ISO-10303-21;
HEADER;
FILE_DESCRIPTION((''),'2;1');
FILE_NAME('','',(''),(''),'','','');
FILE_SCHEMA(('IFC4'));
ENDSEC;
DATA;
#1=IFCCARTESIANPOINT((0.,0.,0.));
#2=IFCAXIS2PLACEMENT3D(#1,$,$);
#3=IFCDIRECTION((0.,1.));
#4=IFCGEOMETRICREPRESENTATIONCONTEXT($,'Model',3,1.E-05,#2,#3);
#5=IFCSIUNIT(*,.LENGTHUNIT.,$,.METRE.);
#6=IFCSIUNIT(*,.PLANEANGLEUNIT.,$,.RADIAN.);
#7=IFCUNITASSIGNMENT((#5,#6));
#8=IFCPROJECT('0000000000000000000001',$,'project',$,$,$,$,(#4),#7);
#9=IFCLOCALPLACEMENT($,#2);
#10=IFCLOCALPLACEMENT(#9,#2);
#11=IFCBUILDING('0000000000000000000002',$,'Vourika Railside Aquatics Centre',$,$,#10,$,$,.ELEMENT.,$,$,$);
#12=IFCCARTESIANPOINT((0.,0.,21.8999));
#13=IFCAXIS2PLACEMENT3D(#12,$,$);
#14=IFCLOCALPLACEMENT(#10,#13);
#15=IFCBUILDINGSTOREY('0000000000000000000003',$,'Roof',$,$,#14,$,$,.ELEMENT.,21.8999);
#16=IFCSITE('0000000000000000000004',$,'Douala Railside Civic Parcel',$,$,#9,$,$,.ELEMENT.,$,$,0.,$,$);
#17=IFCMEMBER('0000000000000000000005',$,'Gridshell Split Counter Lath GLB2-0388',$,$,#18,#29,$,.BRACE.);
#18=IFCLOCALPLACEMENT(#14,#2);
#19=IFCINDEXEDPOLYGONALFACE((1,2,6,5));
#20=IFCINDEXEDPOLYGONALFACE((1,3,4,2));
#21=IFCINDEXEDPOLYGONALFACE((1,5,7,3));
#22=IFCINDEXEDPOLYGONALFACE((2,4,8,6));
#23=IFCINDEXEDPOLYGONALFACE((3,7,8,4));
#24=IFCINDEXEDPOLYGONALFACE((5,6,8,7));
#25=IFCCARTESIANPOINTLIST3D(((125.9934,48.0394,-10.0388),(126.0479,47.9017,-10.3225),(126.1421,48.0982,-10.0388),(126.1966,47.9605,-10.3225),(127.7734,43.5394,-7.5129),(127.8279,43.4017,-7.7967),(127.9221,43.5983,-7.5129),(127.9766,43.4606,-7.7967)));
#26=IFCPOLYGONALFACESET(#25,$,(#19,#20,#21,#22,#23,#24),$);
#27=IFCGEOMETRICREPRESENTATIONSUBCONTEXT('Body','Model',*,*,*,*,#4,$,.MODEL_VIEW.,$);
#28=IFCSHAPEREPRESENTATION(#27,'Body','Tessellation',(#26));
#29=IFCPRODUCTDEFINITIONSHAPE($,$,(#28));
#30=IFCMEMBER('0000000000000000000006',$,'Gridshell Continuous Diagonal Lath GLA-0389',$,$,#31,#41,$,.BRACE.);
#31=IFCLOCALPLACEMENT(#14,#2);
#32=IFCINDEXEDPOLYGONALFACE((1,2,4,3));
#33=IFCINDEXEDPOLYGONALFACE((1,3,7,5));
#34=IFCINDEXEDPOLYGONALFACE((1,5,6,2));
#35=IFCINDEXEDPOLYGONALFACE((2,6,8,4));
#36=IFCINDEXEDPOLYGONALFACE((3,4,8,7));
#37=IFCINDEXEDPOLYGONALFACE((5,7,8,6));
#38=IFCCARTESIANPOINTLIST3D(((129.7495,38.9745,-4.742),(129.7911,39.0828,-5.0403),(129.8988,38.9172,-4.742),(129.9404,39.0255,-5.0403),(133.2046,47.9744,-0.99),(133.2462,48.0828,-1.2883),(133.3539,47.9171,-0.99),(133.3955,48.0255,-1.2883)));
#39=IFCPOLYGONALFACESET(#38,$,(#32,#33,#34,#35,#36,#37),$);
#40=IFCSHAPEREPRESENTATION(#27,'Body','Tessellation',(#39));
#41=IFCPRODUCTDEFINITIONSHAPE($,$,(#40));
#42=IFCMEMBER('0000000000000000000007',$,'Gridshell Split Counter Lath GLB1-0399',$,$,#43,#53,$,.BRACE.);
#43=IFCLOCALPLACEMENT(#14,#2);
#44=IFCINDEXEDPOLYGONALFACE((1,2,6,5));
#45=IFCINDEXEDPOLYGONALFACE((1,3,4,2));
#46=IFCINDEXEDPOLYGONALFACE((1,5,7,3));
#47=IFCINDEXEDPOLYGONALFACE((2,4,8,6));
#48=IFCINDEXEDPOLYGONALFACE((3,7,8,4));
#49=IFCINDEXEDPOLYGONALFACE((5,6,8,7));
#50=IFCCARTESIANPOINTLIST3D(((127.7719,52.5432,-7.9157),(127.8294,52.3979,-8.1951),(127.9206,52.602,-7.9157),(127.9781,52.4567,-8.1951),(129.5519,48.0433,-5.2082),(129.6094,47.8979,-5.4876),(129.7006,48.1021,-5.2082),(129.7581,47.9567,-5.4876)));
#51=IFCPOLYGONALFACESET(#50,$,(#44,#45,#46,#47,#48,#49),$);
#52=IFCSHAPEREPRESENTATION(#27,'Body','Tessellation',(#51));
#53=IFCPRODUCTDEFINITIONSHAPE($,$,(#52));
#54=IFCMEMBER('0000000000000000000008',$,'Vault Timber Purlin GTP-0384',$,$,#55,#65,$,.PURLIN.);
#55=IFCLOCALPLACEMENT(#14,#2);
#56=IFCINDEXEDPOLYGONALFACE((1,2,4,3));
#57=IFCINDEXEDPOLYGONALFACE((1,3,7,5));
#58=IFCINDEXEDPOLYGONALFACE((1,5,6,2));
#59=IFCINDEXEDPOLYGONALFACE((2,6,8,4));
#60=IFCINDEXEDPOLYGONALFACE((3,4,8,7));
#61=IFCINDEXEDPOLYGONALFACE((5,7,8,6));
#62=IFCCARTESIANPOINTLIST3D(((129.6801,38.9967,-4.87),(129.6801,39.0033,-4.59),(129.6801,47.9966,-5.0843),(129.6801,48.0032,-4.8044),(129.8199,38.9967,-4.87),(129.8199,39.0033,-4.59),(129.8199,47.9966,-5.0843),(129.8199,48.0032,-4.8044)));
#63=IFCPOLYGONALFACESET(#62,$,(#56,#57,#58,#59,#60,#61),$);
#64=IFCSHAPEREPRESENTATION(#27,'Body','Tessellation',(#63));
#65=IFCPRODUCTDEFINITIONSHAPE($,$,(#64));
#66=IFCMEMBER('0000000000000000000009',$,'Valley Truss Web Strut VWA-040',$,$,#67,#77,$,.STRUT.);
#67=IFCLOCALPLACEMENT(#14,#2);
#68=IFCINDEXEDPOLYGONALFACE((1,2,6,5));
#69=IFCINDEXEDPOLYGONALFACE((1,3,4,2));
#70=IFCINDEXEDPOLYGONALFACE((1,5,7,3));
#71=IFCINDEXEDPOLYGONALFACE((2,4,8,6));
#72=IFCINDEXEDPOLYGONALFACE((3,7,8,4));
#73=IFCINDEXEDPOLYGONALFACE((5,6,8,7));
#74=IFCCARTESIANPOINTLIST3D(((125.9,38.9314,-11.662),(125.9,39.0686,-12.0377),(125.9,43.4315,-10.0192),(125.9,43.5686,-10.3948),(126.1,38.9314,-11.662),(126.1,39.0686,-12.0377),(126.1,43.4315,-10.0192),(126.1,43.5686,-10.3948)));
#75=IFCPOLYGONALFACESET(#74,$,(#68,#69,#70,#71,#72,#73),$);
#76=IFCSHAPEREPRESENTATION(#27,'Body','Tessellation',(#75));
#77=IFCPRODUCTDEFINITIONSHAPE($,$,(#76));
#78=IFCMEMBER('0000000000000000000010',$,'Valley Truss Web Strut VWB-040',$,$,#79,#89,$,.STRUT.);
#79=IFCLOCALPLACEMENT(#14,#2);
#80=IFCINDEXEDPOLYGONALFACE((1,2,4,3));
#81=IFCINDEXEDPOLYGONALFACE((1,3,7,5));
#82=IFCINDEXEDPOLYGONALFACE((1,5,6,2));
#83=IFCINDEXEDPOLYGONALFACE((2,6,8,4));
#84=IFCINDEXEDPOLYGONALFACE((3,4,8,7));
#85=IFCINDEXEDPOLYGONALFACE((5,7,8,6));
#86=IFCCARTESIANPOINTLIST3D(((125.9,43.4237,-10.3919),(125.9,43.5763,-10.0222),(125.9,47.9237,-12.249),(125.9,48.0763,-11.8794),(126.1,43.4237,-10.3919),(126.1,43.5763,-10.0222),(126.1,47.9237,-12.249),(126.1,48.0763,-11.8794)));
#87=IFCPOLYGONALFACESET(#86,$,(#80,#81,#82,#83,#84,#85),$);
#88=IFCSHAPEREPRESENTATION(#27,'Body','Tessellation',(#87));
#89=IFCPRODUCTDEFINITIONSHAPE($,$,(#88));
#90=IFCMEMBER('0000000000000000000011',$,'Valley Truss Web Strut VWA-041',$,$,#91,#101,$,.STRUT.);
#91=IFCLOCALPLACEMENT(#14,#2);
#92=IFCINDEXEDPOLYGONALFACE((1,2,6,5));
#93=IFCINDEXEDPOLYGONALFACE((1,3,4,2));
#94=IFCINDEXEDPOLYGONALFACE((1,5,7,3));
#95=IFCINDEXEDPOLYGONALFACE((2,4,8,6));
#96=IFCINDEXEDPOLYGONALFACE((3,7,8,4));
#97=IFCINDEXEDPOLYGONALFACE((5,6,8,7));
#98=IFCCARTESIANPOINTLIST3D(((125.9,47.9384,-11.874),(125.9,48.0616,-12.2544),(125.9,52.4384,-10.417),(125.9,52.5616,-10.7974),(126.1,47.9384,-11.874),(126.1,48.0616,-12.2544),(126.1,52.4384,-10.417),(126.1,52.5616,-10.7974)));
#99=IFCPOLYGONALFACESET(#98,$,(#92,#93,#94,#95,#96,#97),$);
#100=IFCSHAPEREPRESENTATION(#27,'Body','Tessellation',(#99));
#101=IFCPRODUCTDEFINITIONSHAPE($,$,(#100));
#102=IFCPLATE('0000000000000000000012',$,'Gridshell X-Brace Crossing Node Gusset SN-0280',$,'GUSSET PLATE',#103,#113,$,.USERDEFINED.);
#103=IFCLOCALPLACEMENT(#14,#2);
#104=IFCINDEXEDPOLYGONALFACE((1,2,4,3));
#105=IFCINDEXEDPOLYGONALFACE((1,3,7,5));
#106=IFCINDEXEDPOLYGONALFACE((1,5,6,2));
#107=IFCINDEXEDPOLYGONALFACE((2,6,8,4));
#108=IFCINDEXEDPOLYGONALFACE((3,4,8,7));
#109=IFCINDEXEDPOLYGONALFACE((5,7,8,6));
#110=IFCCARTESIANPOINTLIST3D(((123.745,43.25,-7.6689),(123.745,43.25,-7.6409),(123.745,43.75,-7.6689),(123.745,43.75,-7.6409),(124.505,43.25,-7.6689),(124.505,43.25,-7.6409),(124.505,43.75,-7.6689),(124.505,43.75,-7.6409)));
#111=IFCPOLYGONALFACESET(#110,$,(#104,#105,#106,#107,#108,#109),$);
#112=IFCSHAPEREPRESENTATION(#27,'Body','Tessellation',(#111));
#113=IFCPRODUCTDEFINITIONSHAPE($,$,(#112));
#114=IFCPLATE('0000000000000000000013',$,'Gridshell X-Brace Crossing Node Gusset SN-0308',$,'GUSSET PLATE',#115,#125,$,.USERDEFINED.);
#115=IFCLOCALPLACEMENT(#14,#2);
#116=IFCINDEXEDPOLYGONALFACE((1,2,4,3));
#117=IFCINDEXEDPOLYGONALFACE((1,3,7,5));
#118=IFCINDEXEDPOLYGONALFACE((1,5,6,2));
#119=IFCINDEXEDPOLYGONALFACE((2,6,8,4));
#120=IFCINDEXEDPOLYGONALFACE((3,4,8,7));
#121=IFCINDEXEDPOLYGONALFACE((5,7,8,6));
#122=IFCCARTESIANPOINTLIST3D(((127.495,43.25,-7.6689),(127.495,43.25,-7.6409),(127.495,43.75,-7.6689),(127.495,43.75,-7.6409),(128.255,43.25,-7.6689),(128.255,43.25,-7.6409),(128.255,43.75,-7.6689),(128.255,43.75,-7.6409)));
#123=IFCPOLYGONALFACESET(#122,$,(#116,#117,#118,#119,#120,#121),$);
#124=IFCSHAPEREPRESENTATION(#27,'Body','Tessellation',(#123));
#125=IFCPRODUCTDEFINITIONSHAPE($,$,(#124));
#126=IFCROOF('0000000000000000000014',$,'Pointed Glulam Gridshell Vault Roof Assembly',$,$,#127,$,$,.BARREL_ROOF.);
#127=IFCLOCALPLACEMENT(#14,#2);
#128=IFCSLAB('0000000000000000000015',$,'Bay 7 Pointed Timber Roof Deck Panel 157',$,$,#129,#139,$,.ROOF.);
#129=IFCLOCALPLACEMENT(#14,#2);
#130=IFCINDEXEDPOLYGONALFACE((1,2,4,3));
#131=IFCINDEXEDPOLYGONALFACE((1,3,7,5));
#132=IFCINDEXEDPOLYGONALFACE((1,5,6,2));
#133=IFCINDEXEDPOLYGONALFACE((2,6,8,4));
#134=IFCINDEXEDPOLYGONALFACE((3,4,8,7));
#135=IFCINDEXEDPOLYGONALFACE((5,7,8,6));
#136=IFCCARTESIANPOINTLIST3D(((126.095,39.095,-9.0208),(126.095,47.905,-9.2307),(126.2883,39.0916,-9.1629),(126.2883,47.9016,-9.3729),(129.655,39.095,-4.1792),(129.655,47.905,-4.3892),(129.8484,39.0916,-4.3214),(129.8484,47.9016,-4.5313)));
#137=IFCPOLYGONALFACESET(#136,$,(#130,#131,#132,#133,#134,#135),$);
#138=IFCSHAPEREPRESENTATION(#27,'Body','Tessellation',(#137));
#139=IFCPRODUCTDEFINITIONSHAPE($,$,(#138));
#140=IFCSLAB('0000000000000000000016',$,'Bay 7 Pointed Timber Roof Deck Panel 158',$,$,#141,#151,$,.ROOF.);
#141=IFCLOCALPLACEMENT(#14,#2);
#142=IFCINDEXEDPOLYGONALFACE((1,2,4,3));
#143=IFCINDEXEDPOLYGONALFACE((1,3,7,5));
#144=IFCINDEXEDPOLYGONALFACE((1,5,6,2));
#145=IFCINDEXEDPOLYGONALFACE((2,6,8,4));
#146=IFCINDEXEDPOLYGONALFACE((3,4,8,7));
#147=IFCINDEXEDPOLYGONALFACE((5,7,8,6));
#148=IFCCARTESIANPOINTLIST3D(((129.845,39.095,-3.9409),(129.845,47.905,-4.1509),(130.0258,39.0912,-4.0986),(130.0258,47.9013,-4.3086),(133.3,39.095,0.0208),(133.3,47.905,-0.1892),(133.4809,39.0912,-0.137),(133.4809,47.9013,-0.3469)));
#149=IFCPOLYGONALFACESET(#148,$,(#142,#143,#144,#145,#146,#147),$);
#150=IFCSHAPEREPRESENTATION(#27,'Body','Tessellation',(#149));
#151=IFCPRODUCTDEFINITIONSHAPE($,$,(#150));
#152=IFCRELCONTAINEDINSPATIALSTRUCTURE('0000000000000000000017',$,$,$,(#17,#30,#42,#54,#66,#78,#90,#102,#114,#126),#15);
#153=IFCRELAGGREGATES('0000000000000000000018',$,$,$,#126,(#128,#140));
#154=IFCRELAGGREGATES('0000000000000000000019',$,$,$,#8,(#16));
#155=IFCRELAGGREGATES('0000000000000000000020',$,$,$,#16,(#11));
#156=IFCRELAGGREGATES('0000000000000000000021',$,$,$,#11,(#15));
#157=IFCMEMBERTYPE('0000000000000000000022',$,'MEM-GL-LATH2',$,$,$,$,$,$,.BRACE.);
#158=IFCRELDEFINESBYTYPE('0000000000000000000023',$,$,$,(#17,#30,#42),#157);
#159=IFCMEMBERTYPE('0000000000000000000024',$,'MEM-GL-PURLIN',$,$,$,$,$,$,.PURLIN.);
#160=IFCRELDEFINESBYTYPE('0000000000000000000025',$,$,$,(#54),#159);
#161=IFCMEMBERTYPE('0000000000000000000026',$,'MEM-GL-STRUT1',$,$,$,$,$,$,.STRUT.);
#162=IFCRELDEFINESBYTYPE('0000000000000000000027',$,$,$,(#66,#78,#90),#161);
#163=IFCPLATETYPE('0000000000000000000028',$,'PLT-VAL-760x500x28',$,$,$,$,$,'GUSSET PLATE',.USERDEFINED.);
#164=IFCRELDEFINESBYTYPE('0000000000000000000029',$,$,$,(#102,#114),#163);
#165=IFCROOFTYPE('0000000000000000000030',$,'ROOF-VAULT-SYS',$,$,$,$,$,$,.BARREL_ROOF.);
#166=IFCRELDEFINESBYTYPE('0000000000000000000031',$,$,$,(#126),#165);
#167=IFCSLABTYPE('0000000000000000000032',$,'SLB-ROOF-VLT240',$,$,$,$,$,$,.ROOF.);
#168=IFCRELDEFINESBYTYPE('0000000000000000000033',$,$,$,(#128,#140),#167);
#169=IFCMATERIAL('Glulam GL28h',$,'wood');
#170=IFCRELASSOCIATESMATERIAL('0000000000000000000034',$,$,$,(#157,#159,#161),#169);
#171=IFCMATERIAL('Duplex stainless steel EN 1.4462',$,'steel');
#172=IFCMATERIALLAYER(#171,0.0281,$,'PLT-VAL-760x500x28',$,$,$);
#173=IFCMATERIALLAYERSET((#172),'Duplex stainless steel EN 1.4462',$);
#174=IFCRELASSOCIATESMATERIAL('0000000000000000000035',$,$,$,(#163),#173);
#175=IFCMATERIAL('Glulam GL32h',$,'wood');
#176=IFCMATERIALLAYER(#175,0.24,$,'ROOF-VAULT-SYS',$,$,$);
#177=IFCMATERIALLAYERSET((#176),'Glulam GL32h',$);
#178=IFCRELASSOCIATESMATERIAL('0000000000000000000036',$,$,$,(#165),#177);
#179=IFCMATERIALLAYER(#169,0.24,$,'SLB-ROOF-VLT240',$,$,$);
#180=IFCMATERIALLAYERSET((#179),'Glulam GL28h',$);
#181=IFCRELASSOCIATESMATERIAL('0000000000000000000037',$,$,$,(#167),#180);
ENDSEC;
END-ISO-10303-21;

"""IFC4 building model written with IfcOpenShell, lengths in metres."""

from ifc_helpers import new_model, si_unit, direction, frame, origin, origin_2d, place, context, subcontext, project, spatial, polyline, rectangle, outline, extrude, material, layer, layer_set, material_profile, profile_set, type_object, element, aggregate, save


model = new_model("IFC4")

# Units and contexts
model_context = context("Model", 3, precision=1e-05, world=origin(), true_north=direction((0.0, 1.0)))
body_context = subcontext(model_context, "Body", "Model", "MODEL_VIEW")
ifc_project = project(units=[si_unit("LENGTHUNIT", "METRE"), si_unit("PLANEANGLEUNIT", "RADIAN")], contexts=[model_context])

# Site, building, storey
site_placement = place(None, origin())
site = spatial("IfcSite", under=ifc_project, at=site_placement, Name="Douala Railside Civic Parcel", CompositionType="ELEMENT", RefElevation=0.0)
building_placement = place(site_placement, origin())
building = spatial("IfcBuilding", under=site, at=building_placement, Name="Vourika Railside Aquatics Centre", CompositionType="ELEMENT")
storey_placement = place(building_placement, frame((0.0, 0.0, 21.8999)))
storey = spatial("IfcBuildingStorey", under=building, at=storey_placement, Name="Roof", CompositionType="ELEMENT", Elevation=21.8999)

# Shared definitions
ifc_material_1 = material(Name="Glulam GL32h", Category="wood")

# Members
ifc_material_2 = material(Name="Glulam GL28h", Category="wood")
ifc_material_profile_1 = material_profile(ifc_material_2, rectangle(XDim=0.1599, YDim=0.3201, at=origin_2d()), Name="GL28h 160x320")
ifc_profile_set_1 = profile_set([ifc_material_profile_1], Name="Glulam GL28h")
member_type_1 = type_object("IfcMemberType", Name="MEM-GL-LATH2", PredefinedType="BRACE", material=ifc_profile_set_1)
for number, where, z_axis, x_axis, name in (
    (1, (127.875, 43.5, -7.6548), (-0.326084, 0.824356, -0.462716), (-0.929893, -0.36783, 0.0), "Gridshell Split Counter Lath GLB2-0388"),
):
    element("IfcMember", number, at=place(storey_placement, frame(where, z_axis=z_axis, x_axis=x_axis)), inside=storey, type_object=member_type_1, Name=name, PredefinedType="BRACE", context=body_context, shape_type="SweptSolid", body=[
        extrude(rectangle(XDim=0.1599, YDim=0.3201, at=origin_2d()), origin(), (0.0, 0.0, 1.0), 5.4587),
    ])
member_1_placement = place(storey_placement, frame((129.845, 39.0, -4.8911), z_axis=(0.333992, 0.870003, 0.36269), x_axis=(-0.93357, 0.358395, 0.0)))
element("IfcMember", 2, at=member_1_placement, inside=storey, type_object=member_type_1, Name="Gridshell Continuous Diagonal Lath GLA-0389", PredefinedType="BRACE", context=body_context, shape_type="SweptSolid", body=[
    extrude(rectangle(XDim=0.1599, YDim=0.3201, at=origin_2d()), origin(), (0.0, 0.0, 1.0), 10.3447),
])
member_2_placement = place(storey_placement, frame((129.655, 48.0, -5.3479), z_axis=(-0.321004, 0.811514, -0.488264), x_axis=(-0.929893, -0.36783, 0.0)))
element("IfcMember", 3, at=member_2_placement, inside=storey, type_object=member_type_1, Name="Gridshell Split Counter Lath GLB1-0399", PredefinedType="BRACE", context=body_context, shape_type="SweptSolid", body=[
    extrude(rectangle(XDim=0.1599, YDim=0.3201, at=origin_2d()), origin(), (0.0, 0.0, 1.0), 5.5452),
])
ifc_material_profile_2 = material_profile(ifc_material_2, rectangle(XDim=0.1399, YDim=0.28, at=origin_2d()), Name="GL28h 140x280")
ifc_profile_set_2 = profile_set([ifc_material_profile_2], Name="Glulam GL28h")
member_type_2 = type_object("IfcMemberType", Name="MEM-GL-PURLIN", PredefinedType="PURLIN", material=ifc_profile_set_2)
member_3_placement = place(storey_placement, frame((129.75, 39.0, -4.73), z_axis=(0.0, 0.999716, -0.023811), x_axis=(-1.0, 0.0, 0.0)))
element("IfcMember", 4, at=member_3_placement, inside=storey, type_object=member_type_2, Name="Vault Timber Purlin GTP-0384", PredefinedType="PURLIN", context=body_context, shape_type="SweptSolid", body=[
    extrude(rectangle(XDim=0.1399, YDim=0.28, at=origin_2d()), origin(), (0.0, 0.0, 1.0), 9.0024),
])
ifc_material_profile_3 = material_profile(ifc_material_2, rectangle(XDim=0.2, YDim=0.3999, at=origin_2d()), Name="GL28h 200x400")
ifc_profile_set_3 = profile_set([ifc_material_profile_3], Name="Glulam GL28h")
member_type_3 = type_object("IfcMemberType", Name="MEM-GL-STRUT1", PredefinedType="STRUT", material=ifc_profile_set_3)
member_4_placement = place(storey_placement, frame((126.0, 39.0, -11.8499), z_axis=(0.0, 0.93936, 0.342934), x_axis=(-1.0, 0.0, 0.0)))
element("IfcMember", 5, at=member_4_placement, inside=storey, type_object=member_type_3, Name="Valley Truss Web Strut VWA-040", PredefinedType="STRUT", context=body_context, shape_type="SweptSolid", body=[
    extrude(rectangle(XDim=0.2, YDim=0.3999, at=origin_2d()), origin(), (0.0, 0.0, 1.0), 4.7905),
])
member_5_placement = place(storey_placement, frame((126.0, 43.5, -10.207), z_axis=(0.0, 0.924371, -0.381494), x_axis=(-1.0, 0.0, 0.0)))
element("IfcMember", 6, at=member_5_placement, inside=storey, type_object=member_type_3, Name="Valley Truss Web Strut VWB-040", PredefinedType="STRUT", context=body_context, shape_type="SweptSolid", body=[
    extrude(rectangle(XDim=0.2, YDim=0.3999, at=origin_2d()), origin(), (0.0, 0.0, 1.0), 4.8682),
])
member_6_placement = place(storey_placement, frame((126.0, 48.0, -12.0642), z_axis=(0.0, 0.951373, 0.30804), x_axis=(-1.0, 0.0, 0.0)))
element("IfcMember", 7, at=member_6_placement, inside=storey, type_object=member_type_3, Name="Valley Truss Web Strut VWA-041", PredefinedType="STRUT", context=body_context, shape_type="SweptSolid", body=[
    extrude(rectangle(XDim=0.2, YDim=0.3999, at=origin_2d()), origin(), (0.0, 0.0, 1.0), 4.73),
])

# Plates
ifc_material_3 = material(Name="Duplex stainless steel EN 1.4462", Category="steel")
ifc_layer_1 = layer(ifc_material_3, 0.0281, Name="PLT-VAL-760x500x28")
ifc_layer_set_1 = layer_set([ifc_layer_1], Name="Duplex stainless steel EN 1.4462")
plate_type = type_object("IfcPlateType", Name="PLT-VAL-760x500x28", ElementType="GUSSET PLATE", PredefinedType="USERDEFINED", material=ifc_layer_set_1)
for number, where, z_axis, x_axis, name in (
    (8, (124.125, 43.5, -7.6689), (0.0, 0.0, 1.0), (1.0, 0.0, 0.0), "Gridshell X-Brace Crossing Node Gusset SN-0280"),
    (9, (127.875, 43.5, -7.6689), (0.0, 0.0, 1.0), (1.0, 0.0, 0.0), "Gridshell X-Brace Crossing Node Gusset SN-0308"),
):
    element("IfcPlate", number, at=place(storey_placement, frame(where, z_axis=z_axis, x_axis=x_axis)), inside=storey, type_object=plate_type, Name=name, ObjectType="GUSSET PLATE", PredefinedType="USERDEFINED", context=body_context, shape_type="SweptSolid", body=[
        extrude(rectangle(XDim=0.76, YDim=0.5, at=origin_2d()), origin(), (0.0, 0.0, 1.0), 0.0281),
    ])

# Roof, slabs
ifc_layer_2 = layer(ifc_material_1, 0.24, Name="ROOF-VAULT-SYS")
ifc_layer_set_2 = layer_set([ifc_layer_2], Name="Glulam GL32h")
roof_type = type_object("IfcRoofType", Name="ROOF-VAULT-SYS", PredefinedType="BARREL_ROOF", material=ifc_layer_set_2)
roof_placement = place(storey_placement, origin())
roof = element("IfcRoof", 10, at=roof_placement, inside=storey, type_object=roof_type, Name="Pointed Glulam Gridshell Vault Roof Assembly", PredefinedType="BARREL_ROOF")
ifc_layer_3 = layer(ifc_material_2, 0.24, Name="SLB-ROOF-VLT240")
ifc_layer_set_3 = layer_set([ifc_layer_3], Name="Glulam GL28h")
slab_type = type_object("IfcSlabType", Name="SLB-ROOF-VLT240", PredefinedType="ROOF", material=ifc_layer_set_3)
slab_1_placement = place(storey_placement, frame((126.095, 39.095, -9.0208), z_axis=(-0.805563, 0.014117, 0.592342), x_axis=(0.592401, 0.0, 0.805644)))
slab_1 = element("IfcSlab", 11, at=slab_1_placement, type_object=slab_type, Name="Bay 7 Pointed Timber Roof Deck Panel 157", PredefinedType="ROOF", context=body_context, shape_type="SweptSolid", body=[
    extrude(outline(polyline([(0.0, 0.0), (6.0095, 0.0), (5.8404, 8.8109), (-0.1692, 8.8109), (0.0, 0.0)])), origin(), (0.0, 0.0, -1.0), 0.24),
])
slab_2_placement = place(storey_placement, frame((129.845, 39.095, -3.9409), z_axis=(-0.753556, 0.015662, 0.657197), x_axis=(0.657277, 0.0, 0.753649)))
slab_2 = element("IfcSlab", 12, at=slab_2_placement, type_object=slab_type, Name="Bay 7 Pointed Timber Roof Deck Panel 158", PredefinedType="ROOF", context=body_context, shape_type="SweptSolid", body=[
    extrude(outline(polyline([(0.0, 0.0), (5.2567, 0.0), (5.0984, 8.8111), (-0.1582, 8.8111), (0.0, 0.0)])), origin(), (0.0, 0.0, -1.0), 0.24),
])
aggregate(roof, [slab_1, slab_2])

save(model, "model.ifc")
